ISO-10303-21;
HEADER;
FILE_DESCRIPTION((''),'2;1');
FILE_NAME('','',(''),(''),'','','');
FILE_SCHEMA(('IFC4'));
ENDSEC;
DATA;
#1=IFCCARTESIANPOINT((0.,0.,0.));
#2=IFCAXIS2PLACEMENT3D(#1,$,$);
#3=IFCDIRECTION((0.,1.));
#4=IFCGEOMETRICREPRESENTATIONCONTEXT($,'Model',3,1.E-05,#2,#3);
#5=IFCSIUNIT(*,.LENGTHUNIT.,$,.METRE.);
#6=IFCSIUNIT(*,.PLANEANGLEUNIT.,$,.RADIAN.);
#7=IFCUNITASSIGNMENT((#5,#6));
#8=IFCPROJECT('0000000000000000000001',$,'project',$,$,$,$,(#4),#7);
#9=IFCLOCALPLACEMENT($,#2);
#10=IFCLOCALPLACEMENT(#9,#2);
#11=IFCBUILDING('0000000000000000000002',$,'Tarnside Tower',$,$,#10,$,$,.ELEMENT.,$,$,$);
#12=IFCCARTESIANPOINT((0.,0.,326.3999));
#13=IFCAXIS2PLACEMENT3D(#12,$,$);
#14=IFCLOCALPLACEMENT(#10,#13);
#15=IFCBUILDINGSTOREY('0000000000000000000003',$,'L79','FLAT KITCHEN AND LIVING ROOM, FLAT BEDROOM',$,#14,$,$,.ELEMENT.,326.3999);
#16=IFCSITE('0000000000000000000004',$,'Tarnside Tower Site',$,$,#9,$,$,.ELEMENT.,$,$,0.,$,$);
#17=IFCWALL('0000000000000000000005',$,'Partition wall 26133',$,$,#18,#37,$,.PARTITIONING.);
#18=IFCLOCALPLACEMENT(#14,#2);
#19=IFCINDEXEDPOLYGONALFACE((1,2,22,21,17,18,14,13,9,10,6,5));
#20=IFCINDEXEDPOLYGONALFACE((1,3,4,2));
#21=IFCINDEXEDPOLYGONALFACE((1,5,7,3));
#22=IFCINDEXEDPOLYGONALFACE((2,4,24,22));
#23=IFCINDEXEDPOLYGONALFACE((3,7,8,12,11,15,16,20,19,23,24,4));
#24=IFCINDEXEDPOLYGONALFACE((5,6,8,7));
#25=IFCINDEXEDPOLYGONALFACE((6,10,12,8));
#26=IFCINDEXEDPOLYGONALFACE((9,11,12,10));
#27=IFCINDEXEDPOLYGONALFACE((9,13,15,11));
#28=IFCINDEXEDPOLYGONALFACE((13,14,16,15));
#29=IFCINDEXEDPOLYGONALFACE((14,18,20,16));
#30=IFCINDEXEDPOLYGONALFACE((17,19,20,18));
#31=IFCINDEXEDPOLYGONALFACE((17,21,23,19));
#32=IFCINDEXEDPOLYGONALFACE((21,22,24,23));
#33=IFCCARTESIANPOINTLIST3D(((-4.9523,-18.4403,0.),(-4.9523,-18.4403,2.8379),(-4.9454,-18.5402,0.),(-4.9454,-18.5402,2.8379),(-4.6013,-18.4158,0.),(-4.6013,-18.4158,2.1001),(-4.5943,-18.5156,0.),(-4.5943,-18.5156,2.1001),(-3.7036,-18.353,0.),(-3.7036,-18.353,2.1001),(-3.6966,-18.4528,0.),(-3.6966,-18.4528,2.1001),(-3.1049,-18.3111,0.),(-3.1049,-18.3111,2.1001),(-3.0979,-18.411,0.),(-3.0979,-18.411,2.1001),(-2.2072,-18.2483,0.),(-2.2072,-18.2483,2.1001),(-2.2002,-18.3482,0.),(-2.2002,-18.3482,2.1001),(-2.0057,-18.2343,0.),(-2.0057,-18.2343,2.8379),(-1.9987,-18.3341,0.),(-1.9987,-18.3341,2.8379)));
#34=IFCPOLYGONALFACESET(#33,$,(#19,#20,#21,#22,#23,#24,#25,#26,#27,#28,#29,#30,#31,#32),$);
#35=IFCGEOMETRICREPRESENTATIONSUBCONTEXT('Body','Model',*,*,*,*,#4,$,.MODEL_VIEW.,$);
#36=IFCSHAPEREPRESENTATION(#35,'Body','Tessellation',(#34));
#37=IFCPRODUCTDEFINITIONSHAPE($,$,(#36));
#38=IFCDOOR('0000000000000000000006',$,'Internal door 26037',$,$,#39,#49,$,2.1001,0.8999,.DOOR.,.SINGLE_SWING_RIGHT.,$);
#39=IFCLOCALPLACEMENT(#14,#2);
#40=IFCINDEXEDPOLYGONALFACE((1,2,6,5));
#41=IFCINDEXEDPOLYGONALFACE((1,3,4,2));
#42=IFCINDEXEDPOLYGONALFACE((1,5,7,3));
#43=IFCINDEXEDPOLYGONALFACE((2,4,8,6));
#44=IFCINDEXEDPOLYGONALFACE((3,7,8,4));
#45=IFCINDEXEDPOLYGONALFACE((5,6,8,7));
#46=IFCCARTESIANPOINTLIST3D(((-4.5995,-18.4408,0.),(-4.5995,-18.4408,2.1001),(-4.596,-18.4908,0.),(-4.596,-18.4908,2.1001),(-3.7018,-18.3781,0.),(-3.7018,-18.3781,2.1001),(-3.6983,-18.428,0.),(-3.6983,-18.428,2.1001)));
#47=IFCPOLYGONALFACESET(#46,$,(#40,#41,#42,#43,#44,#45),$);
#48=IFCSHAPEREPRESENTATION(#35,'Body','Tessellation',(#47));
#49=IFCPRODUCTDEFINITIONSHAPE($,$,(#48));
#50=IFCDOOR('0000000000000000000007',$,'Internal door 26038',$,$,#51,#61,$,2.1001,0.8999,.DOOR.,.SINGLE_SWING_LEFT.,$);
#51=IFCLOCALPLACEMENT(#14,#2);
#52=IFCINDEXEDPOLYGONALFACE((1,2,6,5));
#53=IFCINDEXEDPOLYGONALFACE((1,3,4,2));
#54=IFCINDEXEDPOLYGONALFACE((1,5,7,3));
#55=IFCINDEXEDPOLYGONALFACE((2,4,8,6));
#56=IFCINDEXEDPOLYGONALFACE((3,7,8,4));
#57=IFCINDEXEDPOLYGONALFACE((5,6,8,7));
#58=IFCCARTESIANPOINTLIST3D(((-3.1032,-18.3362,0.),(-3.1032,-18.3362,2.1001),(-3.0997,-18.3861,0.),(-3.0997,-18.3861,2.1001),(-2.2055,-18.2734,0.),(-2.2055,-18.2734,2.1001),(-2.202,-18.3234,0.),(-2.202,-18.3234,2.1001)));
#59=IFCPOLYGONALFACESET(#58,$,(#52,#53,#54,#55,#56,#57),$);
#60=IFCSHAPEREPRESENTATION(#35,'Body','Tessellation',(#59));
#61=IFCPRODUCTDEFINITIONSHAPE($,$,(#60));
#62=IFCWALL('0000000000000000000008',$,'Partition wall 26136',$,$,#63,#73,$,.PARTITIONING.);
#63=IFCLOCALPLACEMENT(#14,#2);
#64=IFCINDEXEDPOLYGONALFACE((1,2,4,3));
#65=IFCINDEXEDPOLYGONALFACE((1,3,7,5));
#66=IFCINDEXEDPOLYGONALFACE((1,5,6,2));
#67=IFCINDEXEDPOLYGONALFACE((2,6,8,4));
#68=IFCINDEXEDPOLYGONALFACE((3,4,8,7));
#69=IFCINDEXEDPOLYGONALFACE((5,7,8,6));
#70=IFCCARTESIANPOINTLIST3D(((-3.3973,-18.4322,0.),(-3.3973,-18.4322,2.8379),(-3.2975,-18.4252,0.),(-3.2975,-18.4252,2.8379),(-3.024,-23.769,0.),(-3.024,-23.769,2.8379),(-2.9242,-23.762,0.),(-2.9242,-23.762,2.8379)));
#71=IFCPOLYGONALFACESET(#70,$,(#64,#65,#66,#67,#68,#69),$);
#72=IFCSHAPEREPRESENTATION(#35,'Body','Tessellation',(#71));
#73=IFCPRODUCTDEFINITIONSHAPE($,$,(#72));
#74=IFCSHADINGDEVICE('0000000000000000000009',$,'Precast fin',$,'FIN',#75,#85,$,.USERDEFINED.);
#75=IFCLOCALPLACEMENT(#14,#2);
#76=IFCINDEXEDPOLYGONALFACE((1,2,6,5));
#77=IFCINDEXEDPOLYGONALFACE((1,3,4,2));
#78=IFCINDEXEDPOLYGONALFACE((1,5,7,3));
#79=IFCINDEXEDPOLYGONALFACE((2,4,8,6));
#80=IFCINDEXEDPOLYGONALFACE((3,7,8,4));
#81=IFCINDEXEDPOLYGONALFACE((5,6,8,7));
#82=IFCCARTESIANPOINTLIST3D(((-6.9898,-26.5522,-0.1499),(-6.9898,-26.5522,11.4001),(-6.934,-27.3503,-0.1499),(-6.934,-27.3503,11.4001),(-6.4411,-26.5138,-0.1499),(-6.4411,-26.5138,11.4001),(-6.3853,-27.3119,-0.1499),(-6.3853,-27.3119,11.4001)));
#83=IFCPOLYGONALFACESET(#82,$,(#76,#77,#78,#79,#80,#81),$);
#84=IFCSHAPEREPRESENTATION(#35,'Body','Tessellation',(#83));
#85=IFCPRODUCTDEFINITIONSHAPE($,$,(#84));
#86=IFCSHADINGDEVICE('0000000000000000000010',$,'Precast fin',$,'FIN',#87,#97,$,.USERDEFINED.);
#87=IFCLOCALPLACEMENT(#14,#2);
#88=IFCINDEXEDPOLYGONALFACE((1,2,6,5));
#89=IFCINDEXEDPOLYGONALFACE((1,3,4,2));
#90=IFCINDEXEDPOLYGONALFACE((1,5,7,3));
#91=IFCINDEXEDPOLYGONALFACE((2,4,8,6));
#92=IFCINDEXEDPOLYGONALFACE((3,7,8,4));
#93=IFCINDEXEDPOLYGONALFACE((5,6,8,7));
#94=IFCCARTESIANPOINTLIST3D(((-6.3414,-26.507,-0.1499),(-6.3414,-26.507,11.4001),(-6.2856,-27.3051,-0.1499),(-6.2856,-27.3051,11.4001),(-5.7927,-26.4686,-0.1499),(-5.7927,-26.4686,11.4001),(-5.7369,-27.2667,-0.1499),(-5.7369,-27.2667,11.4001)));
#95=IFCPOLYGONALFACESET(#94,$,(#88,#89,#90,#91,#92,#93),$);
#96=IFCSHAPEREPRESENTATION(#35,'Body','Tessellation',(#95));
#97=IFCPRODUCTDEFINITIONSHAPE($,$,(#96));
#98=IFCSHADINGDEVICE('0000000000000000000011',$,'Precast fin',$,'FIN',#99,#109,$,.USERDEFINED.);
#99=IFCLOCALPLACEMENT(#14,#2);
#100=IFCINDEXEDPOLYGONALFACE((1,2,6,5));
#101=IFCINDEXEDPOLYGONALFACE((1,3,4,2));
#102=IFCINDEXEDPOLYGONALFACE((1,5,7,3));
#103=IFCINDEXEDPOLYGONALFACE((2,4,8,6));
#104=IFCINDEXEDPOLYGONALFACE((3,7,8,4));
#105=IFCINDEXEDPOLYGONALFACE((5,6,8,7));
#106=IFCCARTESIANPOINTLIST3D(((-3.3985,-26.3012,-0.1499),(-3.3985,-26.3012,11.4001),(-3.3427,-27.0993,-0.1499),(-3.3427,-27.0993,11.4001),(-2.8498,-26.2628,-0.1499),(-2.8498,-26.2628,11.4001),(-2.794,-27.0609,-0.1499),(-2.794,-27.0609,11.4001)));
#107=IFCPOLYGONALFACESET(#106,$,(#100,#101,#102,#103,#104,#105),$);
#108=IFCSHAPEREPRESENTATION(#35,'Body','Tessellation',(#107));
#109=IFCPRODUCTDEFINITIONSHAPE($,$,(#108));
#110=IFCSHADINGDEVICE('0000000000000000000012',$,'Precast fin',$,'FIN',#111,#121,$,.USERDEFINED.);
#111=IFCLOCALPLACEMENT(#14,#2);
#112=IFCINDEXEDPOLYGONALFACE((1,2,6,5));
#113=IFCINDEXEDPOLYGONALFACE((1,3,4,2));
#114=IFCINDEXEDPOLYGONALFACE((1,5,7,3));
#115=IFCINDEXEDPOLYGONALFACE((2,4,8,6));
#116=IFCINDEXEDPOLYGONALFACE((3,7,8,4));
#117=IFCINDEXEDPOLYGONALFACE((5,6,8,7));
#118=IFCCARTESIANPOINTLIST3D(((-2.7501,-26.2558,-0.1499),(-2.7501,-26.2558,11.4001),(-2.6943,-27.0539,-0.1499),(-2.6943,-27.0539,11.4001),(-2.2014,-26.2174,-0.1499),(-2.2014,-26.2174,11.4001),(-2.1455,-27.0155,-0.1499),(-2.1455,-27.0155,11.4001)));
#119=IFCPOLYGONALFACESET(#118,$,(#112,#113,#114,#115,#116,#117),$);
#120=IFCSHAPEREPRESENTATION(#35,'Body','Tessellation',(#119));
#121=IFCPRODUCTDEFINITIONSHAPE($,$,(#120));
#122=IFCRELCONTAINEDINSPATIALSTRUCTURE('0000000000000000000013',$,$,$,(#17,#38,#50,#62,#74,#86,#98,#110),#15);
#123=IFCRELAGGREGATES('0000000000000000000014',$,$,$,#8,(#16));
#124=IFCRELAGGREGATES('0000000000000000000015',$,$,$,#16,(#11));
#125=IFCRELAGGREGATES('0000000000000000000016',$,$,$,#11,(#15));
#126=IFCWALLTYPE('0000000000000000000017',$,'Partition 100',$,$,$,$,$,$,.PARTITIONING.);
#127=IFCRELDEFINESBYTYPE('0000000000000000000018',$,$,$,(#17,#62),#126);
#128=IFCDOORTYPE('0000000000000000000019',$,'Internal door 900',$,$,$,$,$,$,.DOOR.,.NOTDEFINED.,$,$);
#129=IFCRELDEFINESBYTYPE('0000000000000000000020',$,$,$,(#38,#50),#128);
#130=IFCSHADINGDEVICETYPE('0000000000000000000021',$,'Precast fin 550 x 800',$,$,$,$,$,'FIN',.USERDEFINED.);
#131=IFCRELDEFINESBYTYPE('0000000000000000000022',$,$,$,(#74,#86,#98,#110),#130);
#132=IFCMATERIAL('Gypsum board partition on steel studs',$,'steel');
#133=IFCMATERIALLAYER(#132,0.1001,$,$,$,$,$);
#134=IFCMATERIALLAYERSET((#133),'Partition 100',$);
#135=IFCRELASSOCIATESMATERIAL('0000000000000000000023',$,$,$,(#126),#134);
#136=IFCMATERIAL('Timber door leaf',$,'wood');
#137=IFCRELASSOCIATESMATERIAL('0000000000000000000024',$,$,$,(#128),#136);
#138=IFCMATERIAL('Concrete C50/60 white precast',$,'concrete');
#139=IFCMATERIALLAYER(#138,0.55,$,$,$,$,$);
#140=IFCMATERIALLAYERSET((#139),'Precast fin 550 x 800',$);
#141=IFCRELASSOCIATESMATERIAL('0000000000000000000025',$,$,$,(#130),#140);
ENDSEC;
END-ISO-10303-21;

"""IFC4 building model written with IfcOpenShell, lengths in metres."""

from ifc_helpers import new_model, si_unit, direction, frame, frame_2d, origin, place, context, subcontext, project, spatial, polyline, rectangle, outline, extrude, material, layer, layer_set, type_object, element, fill, save


model = new_model("IFC4")

# Units and contexts
model_context = context("Model", 3, precision=1e-05, world=origin(), true_north=direction((0.0, 1.0)))
body_context = subcontext(model_context, "Body", "Model", "MODEL_VIEW")
ifc_project = project(units=[si_unit("LENGTHUNIT", "METRE"), si_unit("PLANEANGLEUNIT", "RADIAN")], contexts=[model_context])

# Site, building, storey
site_placement = place(None, origin())
site = spatial("IfcSite", under=ifc_project, at=site_placement, Name="Tarnside Tower Site", CompositionType="ELEMENT", RefElevation=0.0)
building_placement = place(site_placement, origin())
building = spatial("IfcBuilding", under=site, at=building_placement, Name="Tarnside Tower", CompositionType="ELEMENT")
storey_placement = place(building_placement, frame((0.0, 0.0, 326.3999)))
storey = spatial("IfcBuildingStorey", under=building, at=storey_placement, Name="L79", Description="FLAT KITCHEN AND LIVING ROOM, FLAT BEDROOM", CompositionType="ELEMENT", Elevation=326.3999)

# Shared definitions
ifc_material_1 = material(Name="Gypsum board partition on steel studs", Category="steel")
ifc_layer_1 = layer(ifc_material_1, 0.1001)
ifc_layer_set_1 = layer_set([ifc_layer_1], Name="Partition 100")
wall_type_1 = type_object("IfcWallType", Name="Partition 100", PredefinedType="PARTITIONING", material=ifc_layer_set_1)

# Wall, openings, doors
wall_1_placement = place(storey_placement, frame((-4.949, -18.4902, 0.0), z_axis=(0.0, 0.0, 1.0), x_axis=(0.997564, 0.069755, 0.0)))
wall_1 = element("IfcWall", 1, at=wall_1_placement, inside=storey, type_object=wall_type_1, Name="Partition wall 26133", PredefinedType="PARTITIONING", context=body_context, shape_type="SweptSolid", body=[
    extrude(rectangle(XDim=2.9539, YDim=0.1001, at=frame_2d((1.4771, 0.0))), origin(), (0.0, 0.0, 1.0), 2.8379),
])
opening_1_placement = place(wall_1_placement, frame((0.3521, 0.0, 0.0)))
opening_1 = element("IfcOpeningElement", 2, at=opening_1_placement, cuts=wall_1, PredefinedType="OPENING", context=body_context, shape_type="SweptSolid", body=[
    extrude(rectangle(XDim=0.8999, YDim=2.1001, at=frame_2d((0.45, 1.05))), frame((0.0, 0.0601, 0.0), z_axis=(0.0, -1.0, 0.0), x_axis=(1.0, 0.0, 0.0)), (0.0, 0.0, 1.0), 0.1201),
])
opening_2_placement = place(wall_1_placement, frame((1.8521, 0.0, 0.0)))
opening_2 = element("IfcOpeningElement", 3, at=opening_2_placement, cuts=wall_1, PredefinedType="OPENING", context=body_context, shape_type="SweptSolid", body=[
    extrude(rectangle(XDim=0.8999, YDim=2.1001, at=frame_2d((0.45, 1.05))), frame((0.0, 0.0601, 0.0), z_axis=(0.0, -1.0, 0.0), x_axis=(1.0, 0.0, 0.0)), (0.0, 0.0, 1.0), 0.1201),
])
ifc_material_2 = material(Name="Timber door leaf", Category="wood")
door_type = type_object("IfcDoorType", Name="Internal door 900", OperationType="NOTDEFINED", PredefinedType="DOOR", material=ifc_material_2)
door_1_placement = place(opening_1_placement, origin())
door_1 = element("IfcDoor", 4, at=door_1_placement, inside=storey, type_object=door_type, Name="Internal door 26037", OperationType="SINGLE_SWING_RIGHT", OverallHeight=2.1001, OverallWidth=0.8999, PredefinedType="DOOR", context=body_context, shape_type="SweptSolid", body=[
    extrude(rectangle(XDim=0.8999, YDim=2.1001, at=frame_2d((0.45, 1.05))), frame((0.0, 0.0249, 0.0), z_axis=(0.0, -1.0, 0.0), x_axis=(1.0, 0.0, 0.0)), (0.0, 0.0, 1.0), 0.05),
])
fill(opening_1, door_1)
door_2_placement = place(opening_2_placement, origin())
door_2 = element("IfcDoor", 5, at=door_2_placement, inside=storey, type_object=door_type, Name="Internal door 26038", OperationType="SINGLE_SWING_LEFT", OverallHeight=2.1001, OverallWidth=0.8999, PredefinedType="DOOR", context=body_context, shape_type="SweptSolid", body=[
    extrude(rectangle(XDim=0.8999, YDim=2.1001, at=frame_2d((0.45, 1.05))), frame((0.0, 0.0249, 0.0), z_axis=(0.0, -1.0, 0.0), x_axis=(1.0, 0.0, 0.0)), (0.0, 0.0, 1.0), 0.05),
])
fill(opening_2, door_2)

# Wall
wall_2_placement = place(storey_placement, frame((-2.9741, -23.7654, 0.0), z_axis=(0.0, 0.0, 1.0), x_axis=(-0.069775, 0.997563, 0.0)))
element("IfcWall", 6, at=wall_2_placement, inside=storey, type_object=wall_type_1, Name="Partition wall 26136", PredefinedType="PARTITIONING", context=body_context, shape_type="SweptSolid", body=[
    extrude(rectangle(XDim=5.3499, YDim=0.1001, at=frame_2d((2.6748, 0.0))), origin(), (0.0, 0.0, 1.0), 2.8379),
])

# Shading devices
ifc_material_3 = material(Name="Concrete C50/60 white precast", Category="concrete")
ifc_layer_2 = layer(ifc_material_3, 0.55)
ifc_layer_set_2 = layer_set([ifc_layer_2], Name="Precast fin 550 x 800")
shading_device_type = type_object("IfcShadingDeviceType", Name="Precast fin 550 x 800", ElementType="FIN", PredefinedType="USERDEFINED", material=ifc_layer_set_2)
for number, where, z_axis, x_axis, name in (
    (7, (-6.7153, -26.533, -0.1499), (-0.997564, -0.069756, 0.0), (0.069756, -0.997564, 0.0), "Precast fin"),
    (8, (-6.0669, -26.4878, -0.1499), (-0.997564, -0.069756, 0.0), (0.069756, -0.997564, 0.0), "Precast fin"),
    (9, (-3.124, -26.282, -0.1499), (-0.997564, -0.069756, 0.0), (0.069756, -0.997564, 0.0), "Precast fin"),
    (10, (-2.4756, -26.2366, -0.1499), (-0.997564, -0.069756, 0.0), (0.069756, -0.997564, 0.0), "Precast fin"),
):
    element("IfcShadingDevice", number, at=place(storey_placement, frame(where, z_axis=z_axis, x_axis=x_axis)), inside=storey, type_object=shading_device_type, Name=name, ObjectType="FIN", PredefinedType="USERDEFINED", context=body_context, shape_type="SweptSolid", body=[
        extrude(outline(polyline([(0.0, 0.0), (0.8, 0.0), (0.8, 11.55), (0.0, 11.55), (0.0, 0.0)])), frame((0.0, 0.0, -0.2749)), (0.0, 0.0, 1.0), 0.55),
    ])

save(model, "model.ifc")
